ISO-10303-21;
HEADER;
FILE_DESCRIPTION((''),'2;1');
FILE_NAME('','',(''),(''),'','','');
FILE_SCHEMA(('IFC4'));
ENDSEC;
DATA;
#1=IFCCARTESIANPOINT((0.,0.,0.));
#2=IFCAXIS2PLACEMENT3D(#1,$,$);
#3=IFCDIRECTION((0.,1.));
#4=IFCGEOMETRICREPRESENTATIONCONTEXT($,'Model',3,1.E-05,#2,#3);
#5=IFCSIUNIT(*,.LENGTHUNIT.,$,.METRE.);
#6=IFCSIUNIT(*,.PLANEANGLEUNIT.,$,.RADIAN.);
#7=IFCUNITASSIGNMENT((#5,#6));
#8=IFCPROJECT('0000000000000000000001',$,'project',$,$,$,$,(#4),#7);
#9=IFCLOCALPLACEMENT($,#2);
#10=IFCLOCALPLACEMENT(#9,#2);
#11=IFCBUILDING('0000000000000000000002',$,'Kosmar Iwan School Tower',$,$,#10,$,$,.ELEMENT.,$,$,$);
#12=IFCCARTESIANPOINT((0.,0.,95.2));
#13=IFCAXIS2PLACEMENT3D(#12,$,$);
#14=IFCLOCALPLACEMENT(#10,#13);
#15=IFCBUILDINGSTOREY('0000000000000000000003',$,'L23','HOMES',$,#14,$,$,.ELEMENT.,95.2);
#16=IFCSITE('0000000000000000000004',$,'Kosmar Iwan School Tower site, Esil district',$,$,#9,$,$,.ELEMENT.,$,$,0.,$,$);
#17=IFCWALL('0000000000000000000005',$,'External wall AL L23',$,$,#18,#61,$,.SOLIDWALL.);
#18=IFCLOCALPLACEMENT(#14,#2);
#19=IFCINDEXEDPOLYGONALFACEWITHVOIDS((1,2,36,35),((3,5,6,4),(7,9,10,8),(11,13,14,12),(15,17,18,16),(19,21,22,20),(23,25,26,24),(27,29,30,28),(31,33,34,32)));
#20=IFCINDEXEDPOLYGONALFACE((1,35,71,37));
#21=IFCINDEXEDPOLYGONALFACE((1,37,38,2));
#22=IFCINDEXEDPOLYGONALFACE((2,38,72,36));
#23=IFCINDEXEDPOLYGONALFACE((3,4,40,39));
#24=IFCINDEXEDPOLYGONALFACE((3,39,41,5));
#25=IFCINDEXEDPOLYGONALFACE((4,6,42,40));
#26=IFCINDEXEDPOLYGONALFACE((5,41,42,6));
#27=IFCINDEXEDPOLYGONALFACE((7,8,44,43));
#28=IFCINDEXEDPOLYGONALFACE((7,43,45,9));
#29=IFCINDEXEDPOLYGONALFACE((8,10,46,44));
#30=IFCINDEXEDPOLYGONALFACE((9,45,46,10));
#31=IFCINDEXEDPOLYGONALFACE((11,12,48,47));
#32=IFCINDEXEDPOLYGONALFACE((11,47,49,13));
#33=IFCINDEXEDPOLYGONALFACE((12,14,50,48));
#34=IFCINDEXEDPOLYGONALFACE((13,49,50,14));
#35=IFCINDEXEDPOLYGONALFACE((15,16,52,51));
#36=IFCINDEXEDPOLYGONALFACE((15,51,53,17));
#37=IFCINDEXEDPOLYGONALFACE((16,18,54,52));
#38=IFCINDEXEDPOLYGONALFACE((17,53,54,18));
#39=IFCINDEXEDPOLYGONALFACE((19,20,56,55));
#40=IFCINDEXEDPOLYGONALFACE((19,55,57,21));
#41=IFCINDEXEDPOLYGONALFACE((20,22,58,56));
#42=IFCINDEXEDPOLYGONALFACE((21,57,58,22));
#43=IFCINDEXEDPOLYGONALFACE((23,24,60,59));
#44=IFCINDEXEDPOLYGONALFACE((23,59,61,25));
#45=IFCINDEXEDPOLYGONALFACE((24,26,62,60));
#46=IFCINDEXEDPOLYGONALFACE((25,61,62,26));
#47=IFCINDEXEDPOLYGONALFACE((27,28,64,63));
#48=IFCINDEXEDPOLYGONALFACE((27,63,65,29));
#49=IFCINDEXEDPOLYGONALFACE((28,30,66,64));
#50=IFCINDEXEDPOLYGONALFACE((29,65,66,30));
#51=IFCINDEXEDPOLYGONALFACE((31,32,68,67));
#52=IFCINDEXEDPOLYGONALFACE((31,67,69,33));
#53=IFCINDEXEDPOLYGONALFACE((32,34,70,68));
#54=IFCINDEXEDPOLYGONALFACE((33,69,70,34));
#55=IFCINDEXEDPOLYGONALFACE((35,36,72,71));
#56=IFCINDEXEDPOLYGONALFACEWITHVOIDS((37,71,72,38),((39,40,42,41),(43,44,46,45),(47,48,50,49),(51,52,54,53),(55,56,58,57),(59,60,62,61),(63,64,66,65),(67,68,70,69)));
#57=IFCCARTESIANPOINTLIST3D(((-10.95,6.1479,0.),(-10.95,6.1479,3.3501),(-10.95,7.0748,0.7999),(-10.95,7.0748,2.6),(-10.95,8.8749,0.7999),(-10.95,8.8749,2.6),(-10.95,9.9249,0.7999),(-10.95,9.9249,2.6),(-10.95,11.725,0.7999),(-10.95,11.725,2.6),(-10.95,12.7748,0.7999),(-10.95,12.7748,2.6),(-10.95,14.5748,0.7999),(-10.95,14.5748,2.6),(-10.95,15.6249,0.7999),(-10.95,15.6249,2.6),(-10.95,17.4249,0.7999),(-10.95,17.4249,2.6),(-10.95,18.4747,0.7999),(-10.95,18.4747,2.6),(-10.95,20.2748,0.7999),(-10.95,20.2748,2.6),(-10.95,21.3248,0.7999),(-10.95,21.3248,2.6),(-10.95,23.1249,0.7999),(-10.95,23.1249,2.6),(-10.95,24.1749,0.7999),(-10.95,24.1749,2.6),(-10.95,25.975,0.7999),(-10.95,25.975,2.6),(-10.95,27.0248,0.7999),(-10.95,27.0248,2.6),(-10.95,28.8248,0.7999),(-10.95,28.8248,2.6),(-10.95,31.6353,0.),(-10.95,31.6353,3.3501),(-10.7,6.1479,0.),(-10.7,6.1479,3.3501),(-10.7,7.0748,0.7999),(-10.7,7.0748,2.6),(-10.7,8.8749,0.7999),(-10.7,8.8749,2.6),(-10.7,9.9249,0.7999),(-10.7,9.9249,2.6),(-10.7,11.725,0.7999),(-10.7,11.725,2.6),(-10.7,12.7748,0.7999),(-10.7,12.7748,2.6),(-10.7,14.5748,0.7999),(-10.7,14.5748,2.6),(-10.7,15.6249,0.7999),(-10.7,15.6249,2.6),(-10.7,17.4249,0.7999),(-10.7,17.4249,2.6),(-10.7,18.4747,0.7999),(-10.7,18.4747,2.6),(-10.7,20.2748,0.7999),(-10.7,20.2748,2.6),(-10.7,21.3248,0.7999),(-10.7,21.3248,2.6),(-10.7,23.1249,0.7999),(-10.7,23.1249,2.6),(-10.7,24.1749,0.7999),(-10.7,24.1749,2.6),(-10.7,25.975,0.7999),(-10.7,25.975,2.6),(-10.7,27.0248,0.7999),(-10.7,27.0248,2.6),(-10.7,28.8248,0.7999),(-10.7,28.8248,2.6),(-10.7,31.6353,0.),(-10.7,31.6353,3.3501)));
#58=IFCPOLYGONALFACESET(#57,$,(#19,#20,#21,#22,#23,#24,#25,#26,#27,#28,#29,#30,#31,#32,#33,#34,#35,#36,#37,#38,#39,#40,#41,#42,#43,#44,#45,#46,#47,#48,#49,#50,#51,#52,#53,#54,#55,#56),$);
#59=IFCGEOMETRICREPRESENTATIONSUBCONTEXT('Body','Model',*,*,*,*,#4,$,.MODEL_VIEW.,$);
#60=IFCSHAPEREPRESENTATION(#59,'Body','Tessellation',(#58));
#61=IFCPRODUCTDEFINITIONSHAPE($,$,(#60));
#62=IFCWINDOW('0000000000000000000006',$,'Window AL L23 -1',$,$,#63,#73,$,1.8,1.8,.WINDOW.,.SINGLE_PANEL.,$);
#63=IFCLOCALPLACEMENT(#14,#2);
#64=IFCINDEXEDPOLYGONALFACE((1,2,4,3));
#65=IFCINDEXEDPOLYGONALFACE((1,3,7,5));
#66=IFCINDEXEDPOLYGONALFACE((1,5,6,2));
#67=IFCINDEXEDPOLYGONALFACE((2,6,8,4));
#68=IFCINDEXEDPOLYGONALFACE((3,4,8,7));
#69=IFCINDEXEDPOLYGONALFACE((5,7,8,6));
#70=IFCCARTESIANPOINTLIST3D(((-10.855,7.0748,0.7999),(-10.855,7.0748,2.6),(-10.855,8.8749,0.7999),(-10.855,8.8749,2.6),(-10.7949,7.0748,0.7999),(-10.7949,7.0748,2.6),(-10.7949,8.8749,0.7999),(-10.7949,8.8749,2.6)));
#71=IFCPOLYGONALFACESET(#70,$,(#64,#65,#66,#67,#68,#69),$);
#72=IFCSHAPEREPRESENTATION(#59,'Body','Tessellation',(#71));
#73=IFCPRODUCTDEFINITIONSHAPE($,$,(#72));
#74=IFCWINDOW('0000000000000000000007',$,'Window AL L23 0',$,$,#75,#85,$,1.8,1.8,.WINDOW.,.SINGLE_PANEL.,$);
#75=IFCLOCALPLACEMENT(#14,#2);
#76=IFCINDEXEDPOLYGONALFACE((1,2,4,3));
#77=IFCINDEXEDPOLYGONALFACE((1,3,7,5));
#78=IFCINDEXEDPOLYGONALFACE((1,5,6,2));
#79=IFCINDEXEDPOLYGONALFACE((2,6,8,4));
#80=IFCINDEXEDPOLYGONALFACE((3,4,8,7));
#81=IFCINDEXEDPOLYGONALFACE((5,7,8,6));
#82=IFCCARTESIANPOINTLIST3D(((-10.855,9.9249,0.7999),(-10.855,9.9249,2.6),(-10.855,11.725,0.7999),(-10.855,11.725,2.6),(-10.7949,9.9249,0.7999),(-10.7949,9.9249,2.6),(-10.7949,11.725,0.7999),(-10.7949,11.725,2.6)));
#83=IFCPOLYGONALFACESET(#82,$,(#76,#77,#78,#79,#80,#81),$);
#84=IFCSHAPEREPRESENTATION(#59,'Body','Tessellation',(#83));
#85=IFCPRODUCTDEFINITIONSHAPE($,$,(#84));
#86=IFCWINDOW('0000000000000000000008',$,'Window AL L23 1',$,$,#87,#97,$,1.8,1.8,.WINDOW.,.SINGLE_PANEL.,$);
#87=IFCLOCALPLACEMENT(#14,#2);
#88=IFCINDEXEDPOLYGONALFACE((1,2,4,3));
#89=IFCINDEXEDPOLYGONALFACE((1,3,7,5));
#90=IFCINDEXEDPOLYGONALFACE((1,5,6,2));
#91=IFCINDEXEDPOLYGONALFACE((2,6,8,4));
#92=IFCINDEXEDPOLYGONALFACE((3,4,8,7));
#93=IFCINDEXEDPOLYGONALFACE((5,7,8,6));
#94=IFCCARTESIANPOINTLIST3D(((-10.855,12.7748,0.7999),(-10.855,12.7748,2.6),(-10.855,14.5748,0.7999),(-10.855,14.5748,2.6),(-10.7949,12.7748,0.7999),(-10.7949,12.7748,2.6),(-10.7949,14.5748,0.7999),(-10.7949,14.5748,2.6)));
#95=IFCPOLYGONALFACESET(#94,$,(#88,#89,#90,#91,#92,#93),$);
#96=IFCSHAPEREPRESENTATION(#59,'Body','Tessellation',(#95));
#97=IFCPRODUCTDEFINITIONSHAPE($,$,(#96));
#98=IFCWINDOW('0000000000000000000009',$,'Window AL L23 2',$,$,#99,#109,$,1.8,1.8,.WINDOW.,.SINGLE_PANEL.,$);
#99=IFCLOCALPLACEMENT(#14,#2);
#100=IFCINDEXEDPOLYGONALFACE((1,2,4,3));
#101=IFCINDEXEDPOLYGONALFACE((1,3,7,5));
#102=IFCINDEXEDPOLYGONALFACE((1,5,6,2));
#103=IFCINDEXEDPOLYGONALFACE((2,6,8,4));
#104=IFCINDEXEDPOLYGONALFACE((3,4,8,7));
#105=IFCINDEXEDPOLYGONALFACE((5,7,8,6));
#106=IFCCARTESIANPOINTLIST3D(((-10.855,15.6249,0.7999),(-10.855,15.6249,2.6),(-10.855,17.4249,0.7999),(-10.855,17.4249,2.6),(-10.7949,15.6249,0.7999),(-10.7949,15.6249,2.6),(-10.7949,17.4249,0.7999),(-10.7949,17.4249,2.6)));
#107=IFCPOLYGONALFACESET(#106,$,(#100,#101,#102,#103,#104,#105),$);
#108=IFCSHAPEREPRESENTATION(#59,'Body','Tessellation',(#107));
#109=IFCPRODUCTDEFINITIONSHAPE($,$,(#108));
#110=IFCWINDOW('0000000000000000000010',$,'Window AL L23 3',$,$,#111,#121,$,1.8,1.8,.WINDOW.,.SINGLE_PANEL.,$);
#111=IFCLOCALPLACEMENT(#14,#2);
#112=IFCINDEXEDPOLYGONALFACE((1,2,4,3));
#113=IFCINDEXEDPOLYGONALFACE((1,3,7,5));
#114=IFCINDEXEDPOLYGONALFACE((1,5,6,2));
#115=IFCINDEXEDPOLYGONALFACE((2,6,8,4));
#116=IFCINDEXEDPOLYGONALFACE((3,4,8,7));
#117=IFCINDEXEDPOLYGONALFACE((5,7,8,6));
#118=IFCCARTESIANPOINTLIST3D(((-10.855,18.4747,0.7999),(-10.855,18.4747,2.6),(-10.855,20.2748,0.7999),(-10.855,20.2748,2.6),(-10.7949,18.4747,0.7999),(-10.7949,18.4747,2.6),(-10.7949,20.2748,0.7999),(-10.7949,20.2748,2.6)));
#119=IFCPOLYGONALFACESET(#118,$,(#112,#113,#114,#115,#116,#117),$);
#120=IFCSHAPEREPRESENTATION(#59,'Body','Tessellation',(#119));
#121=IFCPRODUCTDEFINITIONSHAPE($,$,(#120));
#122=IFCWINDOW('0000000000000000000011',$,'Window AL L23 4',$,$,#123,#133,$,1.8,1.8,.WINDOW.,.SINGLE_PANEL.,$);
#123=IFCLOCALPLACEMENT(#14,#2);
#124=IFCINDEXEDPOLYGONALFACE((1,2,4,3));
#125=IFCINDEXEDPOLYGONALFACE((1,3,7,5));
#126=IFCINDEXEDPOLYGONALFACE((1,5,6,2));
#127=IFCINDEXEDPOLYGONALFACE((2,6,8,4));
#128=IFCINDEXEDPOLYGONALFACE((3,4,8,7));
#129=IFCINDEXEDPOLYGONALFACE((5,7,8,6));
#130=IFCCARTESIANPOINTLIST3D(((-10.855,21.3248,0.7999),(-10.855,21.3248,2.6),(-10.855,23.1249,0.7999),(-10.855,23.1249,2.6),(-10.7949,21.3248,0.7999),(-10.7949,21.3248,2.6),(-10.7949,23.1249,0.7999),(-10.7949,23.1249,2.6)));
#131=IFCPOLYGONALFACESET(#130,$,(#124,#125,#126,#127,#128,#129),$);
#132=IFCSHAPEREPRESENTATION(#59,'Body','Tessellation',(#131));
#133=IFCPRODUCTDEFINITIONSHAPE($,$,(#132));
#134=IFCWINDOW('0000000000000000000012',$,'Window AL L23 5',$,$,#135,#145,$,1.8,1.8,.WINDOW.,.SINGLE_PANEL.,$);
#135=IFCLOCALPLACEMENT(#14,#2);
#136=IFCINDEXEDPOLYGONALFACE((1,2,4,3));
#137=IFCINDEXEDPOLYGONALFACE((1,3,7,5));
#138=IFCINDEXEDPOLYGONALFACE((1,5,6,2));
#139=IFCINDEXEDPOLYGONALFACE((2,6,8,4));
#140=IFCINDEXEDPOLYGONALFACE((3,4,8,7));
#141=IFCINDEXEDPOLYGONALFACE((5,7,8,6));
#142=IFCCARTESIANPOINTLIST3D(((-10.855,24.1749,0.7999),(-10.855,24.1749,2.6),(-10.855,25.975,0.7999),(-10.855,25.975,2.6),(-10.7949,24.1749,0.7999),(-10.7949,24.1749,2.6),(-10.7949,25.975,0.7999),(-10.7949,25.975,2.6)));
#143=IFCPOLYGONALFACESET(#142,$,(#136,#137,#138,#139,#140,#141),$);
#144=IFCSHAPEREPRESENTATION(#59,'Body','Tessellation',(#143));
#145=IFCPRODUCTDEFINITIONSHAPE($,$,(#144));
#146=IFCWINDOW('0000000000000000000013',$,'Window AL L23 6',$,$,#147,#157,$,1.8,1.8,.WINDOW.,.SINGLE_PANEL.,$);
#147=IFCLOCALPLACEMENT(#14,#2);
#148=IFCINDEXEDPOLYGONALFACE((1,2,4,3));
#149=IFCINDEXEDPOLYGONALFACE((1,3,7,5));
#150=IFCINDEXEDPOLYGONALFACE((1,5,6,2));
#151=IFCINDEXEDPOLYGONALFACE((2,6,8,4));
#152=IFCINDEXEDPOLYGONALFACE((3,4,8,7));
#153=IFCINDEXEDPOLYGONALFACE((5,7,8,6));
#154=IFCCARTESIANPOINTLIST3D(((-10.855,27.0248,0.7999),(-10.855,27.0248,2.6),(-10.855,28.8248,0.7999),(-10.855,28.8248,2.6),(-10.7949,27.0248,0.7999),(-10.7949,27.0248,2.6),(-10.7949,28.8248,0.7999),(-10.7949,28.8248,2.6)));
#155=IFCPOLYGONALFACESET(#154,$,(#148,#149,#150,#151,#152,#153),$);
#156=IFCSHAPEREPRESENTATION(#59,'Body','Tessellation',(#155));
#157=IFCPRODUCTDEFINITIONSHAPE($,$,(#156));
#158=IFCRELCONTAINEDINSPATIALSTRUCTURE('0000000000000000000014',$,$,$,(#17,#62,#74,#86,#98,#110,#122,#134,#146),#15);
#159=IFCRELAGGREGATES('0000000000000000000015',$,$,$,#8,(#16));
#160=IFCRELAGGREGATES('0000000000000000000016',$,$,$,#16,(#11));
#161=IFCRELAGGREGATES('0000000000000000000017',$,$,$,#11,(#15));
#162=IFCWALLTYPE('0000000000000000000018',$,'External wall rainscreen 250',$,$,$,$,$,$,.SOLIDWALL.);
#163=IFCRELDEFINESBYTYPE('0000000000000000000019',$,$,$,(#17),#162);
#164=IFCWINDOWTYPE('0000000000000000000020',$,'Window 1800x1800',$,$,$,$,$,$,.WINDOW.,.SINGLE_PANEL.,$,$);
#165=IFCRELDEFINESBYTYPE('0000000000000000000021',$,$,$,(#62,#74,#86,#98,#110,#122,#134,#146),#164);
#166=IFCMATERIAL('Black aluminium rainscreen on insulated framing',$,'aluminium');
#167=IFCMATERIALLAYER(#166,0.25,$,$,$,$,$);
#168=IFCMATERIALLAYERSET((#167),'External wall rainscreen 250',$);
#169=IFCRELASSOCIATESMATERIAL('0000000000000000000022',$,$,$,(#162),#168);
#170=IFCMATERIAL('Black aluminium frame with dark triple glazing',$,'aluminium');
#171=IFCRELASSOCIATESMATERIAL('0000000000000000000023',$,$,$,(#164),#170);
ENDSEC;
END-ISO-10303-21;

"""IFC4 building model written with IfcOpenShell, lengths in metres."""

from ifc_helpers import new_model, si_unit, direction, frame, frame_2d, origin, place, context, subcontext, project, spatial, rectangle, extrude, material, layer, layer_set, type_object, element, fill, save


model = new_model("IFC4")

# Units and contexts
model_context = context("Model", 3, precision=1e-05, world=origin(), true_north=direction((0.0, 1.0)))
body_context = subcontext(model_context, "Body", "Model", "MODEL_VIEW")
ifc_project = project(units=[si_unit("LENGTHUNIT", "METRE"), si_unit("PLANEANGLEUNIT", "RADIAN")], contexts=[model_context])

# Site, building, storey
site_placement = place(None, origin())
site = spatial("IfcSite", under=ifc_project, at=site_placement, Name="Kosmar Iwan School Tower site, Esil district", CompositionType="ELEMENT", RefElevation=0.0)
building_placement = place(site_placement, origin())
building = spatial("IfcBuilding", under=site, at=building_placement, Name="Kosmar Iwan School Tower", CompositionType="ELEMENT")
storey_placement = place(building_placement, frame((0.0, 0.0, 95.2)))
storey = spatial("IfcBuildingStorey", under=building, at=storey_placement, Name="L23", Description="HOMES", CompositionType="ELEMENT", Elevation=95.2)

# Wall, openings, windows
ifc_material_1 = material(Name="Black aluminium rainscreen on insulated framing", Category="aluminium")
ifc_layer = layer(ifc_material_1, 0.25)
ifc_layer_set = layer_set([ifc_layer], Name="External wall rainscreen 250")
wall_type = type_object("IfcWallType", Name="External wall rainscreen 250", PredefinedType="SOLIDWALL", material=ifc_layer_set)
wall_1_placement = place(storey_placement, frame((-10.825, 6.1479, 0.0), z_axis=(0.0, 0.0, 1.0), x_axis=(0.0, 1.0, 0.0)))
wall_1 = element("IfcWall", 1, at=wall_1_placement, inside=storey, type_object=wall_type, Name="External wall AL L23", PredefinedType="SOLIDWALL", context=body_context, shape_type="SweptSolid", body=[
    extrude(rectangle(XDim=25.4873, YDim=0.25, at=frame_2d((12.7437, 0.0))), origin(), (0.0, 0.0, 1.0), 3.3501),
])
opening_1_placement = place(wall_1_placement, frame((0.927, 0.0, 0.8)))
opening_1 = element("IfcOpeningElement", 2, at=opening_1_placement, cuts=wall_1, PredefinedType="OPENING", context=body_context, shape_type="SweptSolid", body=[
    extrude(rectangle(XDim=1.8, YDim=1.8, at=frame_2d((0.8999, 0.8999))), frame((0.0, 0.137, 0.0), z_axis=(0.0, -1.0, 0.0), x_axis=(1.0, 0.0, 0.0)), (0.0, 0.0, 1.0), 0.2739),
])
opening_2_placement = place(wall_1_placement, frame((3.7771, 0.0, 0.8)))
opening_2 = element("IfcOpeningElement", 3, at=opening_2_placement, cuts=wall_1, PredefinedType="OPENING", context=body_context, shape_type="SweptSolid", body=[
    extrude(rectangle(XDim=1.8, YDim=1.8, at=frame_2d((0.8999, 0.8999))), frame((0.0, 0.137, 0.0), z_axis=(0.0, -1.0, 0.0), x_axis=(1.0, 0.0, 0.0)), (0.0, 0.0, 1.0), 0.2739),
])
opening_3_placement = place(wall_1_placement, frame((6.627, 0.0, 0.8)))
opening_3 = element("IfcOpeningElement", 4, at=opening_3_placement, cuts=wall_1, PredefinedType="OPENING", context=body_context, shape_type="SweptSolid", body=[
    extrude(rectangle(XDim=1.8, YDim=1.8, at=frame_2d((0.8999, 0.8999))), frame((0.0, 0.137, 0.0), z_axis=(0.0, -1.0, 0.0), x_axis=(1.0, 0.0, 0.0)), (0.0, 0.0, 1.0), 0.2739),
])
opening_4_placement = place(wall_1_placement, frame((9.4771, 0.0, 0.8)))
opening_4 = element("IfcOpeningElement", 5, at=opening_4_placement, cuts=wall_1, PredefinedType="OPENING", context=body_context, shape_type="SweptSolid", body=[
    extrude(rectangle(XDim=1.8, YDim=1.8, at=frame_2d((0.8999, 0.8999))), frame((0.0, 0.137, 0.0), z_axis=(0.0, -1.0, 0.0), x_axis=(1.0, 0.0, 0.0)), (0.0, 0.0, 1.0), 0.2739),
])
opening_5_placement = place(wall_1_placement, frame((12.3269, 0.0, 0.8)))
opening_5 = element("IfcOpeningElement", 6, at=opening_5_placement, cuts=wall_1, PredefinedType="OPENING", context=body_context, shape_type="SweptSolid", body=[
    extrude(rectangle(XDim=1.8, YDim=1.8, at=frame_2d((0.8999, 0.8999))), frame((0.0, 0.137, 0.0), z_axis=(0.0, -1.0, 0.0), x_axis=(1.0, 0.0, 0.0)), (0.0, 0.0, 1.0), 0.2739),
])
opening_6_placement = place(wall_1_placement, frame((15.177, 0.0, 0.8)))
opening_6 = element("IfcOpeningElement", 7, at=opening_6_placement, cuts=wall_1, PredefinedType="OPENING", context=body_context, shape_type="SweptSolid", body=[
    extrude(rectangle(XDim=1.8, YDim=1.8, at=frame_2d((0.8999, 0.8999))), frame((0.0, 0.137, 0.0), z_axis=(0.0, -1.0, 0.0), x_axis=(1.0, 0.0, 0.0)), (0.0, 0.0, 1.0), 0.2739),
])
opening_7_placement = place(wall_1_placement, frame((18.0271, 0.0, 0.8)))
opening_7 = element("IfcOpeningElement", 8, at=opening_7_placement, cuts=wall_1, PredefinedType="OPENING", context=body_context, shape_type="SweptSolid", body=[
    extrude(rectangle(XDim=1.8, YDim=1.8, at=frame_2d((0.8999, 0.8999))), frame((0.0, 0.137, 0.0), z_axis=(0.0, -1.0, 0.0), x_axis=(1.0, 0.0, 0.0)), (0.0, 0.0, 1.0), 0.2739),
])
opening_8_placement = place(wall_1_placement, frame((20.877, 0.0, 0.8)))
opening_8 = element("IfcOpeningElement", 9, at=opening_8_placement, cuts=wall_1, PredefinedType="OPENING", context=body_context, shape_type="SweptSolid", body=[
    extrude(rectangle(XDim=1.8, YDim=1.8, at=frame_2d((0.8999, 0.8999))), frame((0.0, 0.137, 0.0), z_axis=(0.0, -1.0, 0.0), x_axis=(1.0, 0.0, 0.0)), (0.0, 0.0, 1.0), 0.2739),
])
ifc_material_2 = material(Name="Black aluminium frame with dark triple glazing", Category="aluminium")
window_type = type_object("IfcWindowType", Name="Window 1800x1800", PartitioningType="SINGLE_PANEL", PredefinedType="WINDOW", material=ifc_material_2)
window_1_placement = place(opening_1_placement, origin())
window_1 = element("IfcWindow", 10, at=window_1_placement, inside=storey, type_object=window_type, Name="Window AL L23 -1", OverallHeight=1.8, OverallWidth=1.8, PartitioningType="SINGLE_PANEL", PredefinedType="WINDOW", context=body_context, shape_type="SweptSolid", body=[
    extrude(rectangle(XDim=1.8, YDim=1.8, at=frame_2d((0.8999, 0.8999))), frame((0.0, 0.03, 0.0), z_axis=(0.0, -1.0, 0.0), x_axis=(1.0, 0.0, 0.0)), (0.0, 0.0, 1.0), 0.0601),
])
fill(opening_1, window_1)
window_2_placement = place(opening_2_placement, origin())
window_2 = element("IfcWindow", 11, at=window_2_placement, inside=storey, type_object=window_type, Name="Window AL L23 0", OverallHeight=1.8, OverallWidth=1.8, PartitioningType="SINGLE_PANEL", PredefinedType="WINDOW", context=body_context, shape_type="SweptSolid", body=[
    extrude(rectangle(XDim=1.8, YDim=1.8, at=frame_2d((0.8999, 0.8999))), frame((0.0, 0.03, 0.0), z_axis=(0.0, -1.0, 0.0), x_axis=(1.0, 0.0, 0.0)), (0.0, 0.0, 1.0), 0.0601),
])
fill(opening_2, window_2)
window_3_placement = place(opening_3_placement, origin())
window_3 = element("IfcWindow", 12, at=window_3_placement, inside=storey, type_object=window_type, Name="Window AL L23 1", OverallHeight=1.8, OverallWidth=1.8, PartitioningType="SINGLE_PANEL", PredefinedType="WINDOW", context=body_context, shape_type="SweptSolid", body=[
    extrude(rectangle(XDim=1.8, YDim=1.8, at=frame_2d((0.8999, 0.8999))), frame((0.0, 0.03, 0.0), z_axis=(0.0, -1.0, 0.0), x_axis=(1.0, 0.0, 0.0)), (0.0, 0.0, 1.0), 0.0601),
])
fill(opening_3, window_3)
window_4_placement = place(opening_4_placement, origin())
window_4 = element("IfcWindow", 13, at=window_4_placement, inside=storey, type_object=window_type, Name="Window AL L23 2", OverallHeight=1.8, OverallWidth=1.8, PartitioningType="SINGLE_PANEL", PredefinedType="WINDOW", context=body_context, shape_type="SweptSolid", body=[
    extrude(rectangle(XDim=1.8, YDim=1.8, at=frame_2d((0.8999, 0.8999))), frame((0.0, 0.03, 0.0), z_axis=(0.0, -1.0, 0.0), x_axis=(1.0, 0.0, 0.0)), (0.0, 0.0, 1.0), 0.0601),
])
fill(opening_4, window_4)
window_5_placement = place(opening_5_placement, origin())
window_5 = element("IfcWindow", 14, at=window_5_placement, inside=storey, type_object=window_type, Name="Window AL L23 3", OverallHeight=1.8, OverallWidth=1.8, PartitioningType="SINGLE_PANEL", PredefinedType="WINDOW", context=body_context, shape_type="SweptSolid", body=[
    extrude(rectangle(XDim=1.8, YDim=1.8, at=frame_2d((0.8999, 0.8999))), frame((0.0, 0.03, 0.0), z_axis=(0.0, -1.0, 0.0), x_axis=(1.0, 0.0, 0.0)), (0.0, 0.0, 1.0), 0.0601),
])
fill(opening_5, window_5)
window_6_placement = place(opening_6_placement, origin())
window_6 = element("IfcWindow", 15, at=window_6_placement, inside=storey, type_object=window_type, Name="Window AL L23 4", OverallHeight=1.8, OverallWidth=1.8, PartitioningType="SINGLE_PANEL", PredefinedType="WINDOW", context=body_context, shape_type="SweptSolid", body=[
    extrude(rectangle(XDim=1.8, YDim=1.8, at=frame_2d((0.8999, 0.8999))), frame((0.0, 0.03, 0.0), z_axis=(0.0, -1.0, 0.0), x_axis=(1.0, 0.0, 0.0)), (0.0, 0.0, 1.0), 0.0601),
])
fill(opening_6, window_6)
window_7_placement = place(opening_7_placement, origin())
window_7 = element("IfcWindow", 16, at=window_7_placement, inside=storey, type_object=window_type, Name="Window AL L23 5", OverallHeight=1.8, OverallWidth=1.8, PartitioningType="SINGLE_PANEL", PredefinedType="WINDOW", context=body_context, shape_type="SweptSolid", body=[
    extrude(rectangle(XDim=1.8, YDim=1.8, at=frame_2d((0.8999, 0.8999))), frame((0.0, 0.03, 0.0), z_axis=(0.0, -1.0, 0.0), x_axis=(1.0, 0.0, 0.0)), (0.0, 0.0, 1.0), 0.0601),
])
fill(opening_7, window_7)
window_8_placement = place(opening_8_placement, origin())
window_8 = element("IfcWindow", 17, at=window_8_placement, inside=storey, type_object=window_type, Name="Window AL L23 6", OverallHeight=1.8, OverallWidth=1.8, PartitioningType="SINGLE_PANEL", PredefinedType="WINDOW", context=body_context, shape_type="SweptSolid", body=[
    extrude(rectangle(XDim=1.8, YDim=1.8, at=frame_2d((0.8999, 0.8999))), frame((0.0, 0.03, 0.0), z_axis=(0.0, -1.0, 0.0), x_axis=(1.0, 0.0, 0.0)), (0.0, 0.0, 1.0), 0.0601),
])
fill(opening_8, window_8)

save(model, "model.ifc")
